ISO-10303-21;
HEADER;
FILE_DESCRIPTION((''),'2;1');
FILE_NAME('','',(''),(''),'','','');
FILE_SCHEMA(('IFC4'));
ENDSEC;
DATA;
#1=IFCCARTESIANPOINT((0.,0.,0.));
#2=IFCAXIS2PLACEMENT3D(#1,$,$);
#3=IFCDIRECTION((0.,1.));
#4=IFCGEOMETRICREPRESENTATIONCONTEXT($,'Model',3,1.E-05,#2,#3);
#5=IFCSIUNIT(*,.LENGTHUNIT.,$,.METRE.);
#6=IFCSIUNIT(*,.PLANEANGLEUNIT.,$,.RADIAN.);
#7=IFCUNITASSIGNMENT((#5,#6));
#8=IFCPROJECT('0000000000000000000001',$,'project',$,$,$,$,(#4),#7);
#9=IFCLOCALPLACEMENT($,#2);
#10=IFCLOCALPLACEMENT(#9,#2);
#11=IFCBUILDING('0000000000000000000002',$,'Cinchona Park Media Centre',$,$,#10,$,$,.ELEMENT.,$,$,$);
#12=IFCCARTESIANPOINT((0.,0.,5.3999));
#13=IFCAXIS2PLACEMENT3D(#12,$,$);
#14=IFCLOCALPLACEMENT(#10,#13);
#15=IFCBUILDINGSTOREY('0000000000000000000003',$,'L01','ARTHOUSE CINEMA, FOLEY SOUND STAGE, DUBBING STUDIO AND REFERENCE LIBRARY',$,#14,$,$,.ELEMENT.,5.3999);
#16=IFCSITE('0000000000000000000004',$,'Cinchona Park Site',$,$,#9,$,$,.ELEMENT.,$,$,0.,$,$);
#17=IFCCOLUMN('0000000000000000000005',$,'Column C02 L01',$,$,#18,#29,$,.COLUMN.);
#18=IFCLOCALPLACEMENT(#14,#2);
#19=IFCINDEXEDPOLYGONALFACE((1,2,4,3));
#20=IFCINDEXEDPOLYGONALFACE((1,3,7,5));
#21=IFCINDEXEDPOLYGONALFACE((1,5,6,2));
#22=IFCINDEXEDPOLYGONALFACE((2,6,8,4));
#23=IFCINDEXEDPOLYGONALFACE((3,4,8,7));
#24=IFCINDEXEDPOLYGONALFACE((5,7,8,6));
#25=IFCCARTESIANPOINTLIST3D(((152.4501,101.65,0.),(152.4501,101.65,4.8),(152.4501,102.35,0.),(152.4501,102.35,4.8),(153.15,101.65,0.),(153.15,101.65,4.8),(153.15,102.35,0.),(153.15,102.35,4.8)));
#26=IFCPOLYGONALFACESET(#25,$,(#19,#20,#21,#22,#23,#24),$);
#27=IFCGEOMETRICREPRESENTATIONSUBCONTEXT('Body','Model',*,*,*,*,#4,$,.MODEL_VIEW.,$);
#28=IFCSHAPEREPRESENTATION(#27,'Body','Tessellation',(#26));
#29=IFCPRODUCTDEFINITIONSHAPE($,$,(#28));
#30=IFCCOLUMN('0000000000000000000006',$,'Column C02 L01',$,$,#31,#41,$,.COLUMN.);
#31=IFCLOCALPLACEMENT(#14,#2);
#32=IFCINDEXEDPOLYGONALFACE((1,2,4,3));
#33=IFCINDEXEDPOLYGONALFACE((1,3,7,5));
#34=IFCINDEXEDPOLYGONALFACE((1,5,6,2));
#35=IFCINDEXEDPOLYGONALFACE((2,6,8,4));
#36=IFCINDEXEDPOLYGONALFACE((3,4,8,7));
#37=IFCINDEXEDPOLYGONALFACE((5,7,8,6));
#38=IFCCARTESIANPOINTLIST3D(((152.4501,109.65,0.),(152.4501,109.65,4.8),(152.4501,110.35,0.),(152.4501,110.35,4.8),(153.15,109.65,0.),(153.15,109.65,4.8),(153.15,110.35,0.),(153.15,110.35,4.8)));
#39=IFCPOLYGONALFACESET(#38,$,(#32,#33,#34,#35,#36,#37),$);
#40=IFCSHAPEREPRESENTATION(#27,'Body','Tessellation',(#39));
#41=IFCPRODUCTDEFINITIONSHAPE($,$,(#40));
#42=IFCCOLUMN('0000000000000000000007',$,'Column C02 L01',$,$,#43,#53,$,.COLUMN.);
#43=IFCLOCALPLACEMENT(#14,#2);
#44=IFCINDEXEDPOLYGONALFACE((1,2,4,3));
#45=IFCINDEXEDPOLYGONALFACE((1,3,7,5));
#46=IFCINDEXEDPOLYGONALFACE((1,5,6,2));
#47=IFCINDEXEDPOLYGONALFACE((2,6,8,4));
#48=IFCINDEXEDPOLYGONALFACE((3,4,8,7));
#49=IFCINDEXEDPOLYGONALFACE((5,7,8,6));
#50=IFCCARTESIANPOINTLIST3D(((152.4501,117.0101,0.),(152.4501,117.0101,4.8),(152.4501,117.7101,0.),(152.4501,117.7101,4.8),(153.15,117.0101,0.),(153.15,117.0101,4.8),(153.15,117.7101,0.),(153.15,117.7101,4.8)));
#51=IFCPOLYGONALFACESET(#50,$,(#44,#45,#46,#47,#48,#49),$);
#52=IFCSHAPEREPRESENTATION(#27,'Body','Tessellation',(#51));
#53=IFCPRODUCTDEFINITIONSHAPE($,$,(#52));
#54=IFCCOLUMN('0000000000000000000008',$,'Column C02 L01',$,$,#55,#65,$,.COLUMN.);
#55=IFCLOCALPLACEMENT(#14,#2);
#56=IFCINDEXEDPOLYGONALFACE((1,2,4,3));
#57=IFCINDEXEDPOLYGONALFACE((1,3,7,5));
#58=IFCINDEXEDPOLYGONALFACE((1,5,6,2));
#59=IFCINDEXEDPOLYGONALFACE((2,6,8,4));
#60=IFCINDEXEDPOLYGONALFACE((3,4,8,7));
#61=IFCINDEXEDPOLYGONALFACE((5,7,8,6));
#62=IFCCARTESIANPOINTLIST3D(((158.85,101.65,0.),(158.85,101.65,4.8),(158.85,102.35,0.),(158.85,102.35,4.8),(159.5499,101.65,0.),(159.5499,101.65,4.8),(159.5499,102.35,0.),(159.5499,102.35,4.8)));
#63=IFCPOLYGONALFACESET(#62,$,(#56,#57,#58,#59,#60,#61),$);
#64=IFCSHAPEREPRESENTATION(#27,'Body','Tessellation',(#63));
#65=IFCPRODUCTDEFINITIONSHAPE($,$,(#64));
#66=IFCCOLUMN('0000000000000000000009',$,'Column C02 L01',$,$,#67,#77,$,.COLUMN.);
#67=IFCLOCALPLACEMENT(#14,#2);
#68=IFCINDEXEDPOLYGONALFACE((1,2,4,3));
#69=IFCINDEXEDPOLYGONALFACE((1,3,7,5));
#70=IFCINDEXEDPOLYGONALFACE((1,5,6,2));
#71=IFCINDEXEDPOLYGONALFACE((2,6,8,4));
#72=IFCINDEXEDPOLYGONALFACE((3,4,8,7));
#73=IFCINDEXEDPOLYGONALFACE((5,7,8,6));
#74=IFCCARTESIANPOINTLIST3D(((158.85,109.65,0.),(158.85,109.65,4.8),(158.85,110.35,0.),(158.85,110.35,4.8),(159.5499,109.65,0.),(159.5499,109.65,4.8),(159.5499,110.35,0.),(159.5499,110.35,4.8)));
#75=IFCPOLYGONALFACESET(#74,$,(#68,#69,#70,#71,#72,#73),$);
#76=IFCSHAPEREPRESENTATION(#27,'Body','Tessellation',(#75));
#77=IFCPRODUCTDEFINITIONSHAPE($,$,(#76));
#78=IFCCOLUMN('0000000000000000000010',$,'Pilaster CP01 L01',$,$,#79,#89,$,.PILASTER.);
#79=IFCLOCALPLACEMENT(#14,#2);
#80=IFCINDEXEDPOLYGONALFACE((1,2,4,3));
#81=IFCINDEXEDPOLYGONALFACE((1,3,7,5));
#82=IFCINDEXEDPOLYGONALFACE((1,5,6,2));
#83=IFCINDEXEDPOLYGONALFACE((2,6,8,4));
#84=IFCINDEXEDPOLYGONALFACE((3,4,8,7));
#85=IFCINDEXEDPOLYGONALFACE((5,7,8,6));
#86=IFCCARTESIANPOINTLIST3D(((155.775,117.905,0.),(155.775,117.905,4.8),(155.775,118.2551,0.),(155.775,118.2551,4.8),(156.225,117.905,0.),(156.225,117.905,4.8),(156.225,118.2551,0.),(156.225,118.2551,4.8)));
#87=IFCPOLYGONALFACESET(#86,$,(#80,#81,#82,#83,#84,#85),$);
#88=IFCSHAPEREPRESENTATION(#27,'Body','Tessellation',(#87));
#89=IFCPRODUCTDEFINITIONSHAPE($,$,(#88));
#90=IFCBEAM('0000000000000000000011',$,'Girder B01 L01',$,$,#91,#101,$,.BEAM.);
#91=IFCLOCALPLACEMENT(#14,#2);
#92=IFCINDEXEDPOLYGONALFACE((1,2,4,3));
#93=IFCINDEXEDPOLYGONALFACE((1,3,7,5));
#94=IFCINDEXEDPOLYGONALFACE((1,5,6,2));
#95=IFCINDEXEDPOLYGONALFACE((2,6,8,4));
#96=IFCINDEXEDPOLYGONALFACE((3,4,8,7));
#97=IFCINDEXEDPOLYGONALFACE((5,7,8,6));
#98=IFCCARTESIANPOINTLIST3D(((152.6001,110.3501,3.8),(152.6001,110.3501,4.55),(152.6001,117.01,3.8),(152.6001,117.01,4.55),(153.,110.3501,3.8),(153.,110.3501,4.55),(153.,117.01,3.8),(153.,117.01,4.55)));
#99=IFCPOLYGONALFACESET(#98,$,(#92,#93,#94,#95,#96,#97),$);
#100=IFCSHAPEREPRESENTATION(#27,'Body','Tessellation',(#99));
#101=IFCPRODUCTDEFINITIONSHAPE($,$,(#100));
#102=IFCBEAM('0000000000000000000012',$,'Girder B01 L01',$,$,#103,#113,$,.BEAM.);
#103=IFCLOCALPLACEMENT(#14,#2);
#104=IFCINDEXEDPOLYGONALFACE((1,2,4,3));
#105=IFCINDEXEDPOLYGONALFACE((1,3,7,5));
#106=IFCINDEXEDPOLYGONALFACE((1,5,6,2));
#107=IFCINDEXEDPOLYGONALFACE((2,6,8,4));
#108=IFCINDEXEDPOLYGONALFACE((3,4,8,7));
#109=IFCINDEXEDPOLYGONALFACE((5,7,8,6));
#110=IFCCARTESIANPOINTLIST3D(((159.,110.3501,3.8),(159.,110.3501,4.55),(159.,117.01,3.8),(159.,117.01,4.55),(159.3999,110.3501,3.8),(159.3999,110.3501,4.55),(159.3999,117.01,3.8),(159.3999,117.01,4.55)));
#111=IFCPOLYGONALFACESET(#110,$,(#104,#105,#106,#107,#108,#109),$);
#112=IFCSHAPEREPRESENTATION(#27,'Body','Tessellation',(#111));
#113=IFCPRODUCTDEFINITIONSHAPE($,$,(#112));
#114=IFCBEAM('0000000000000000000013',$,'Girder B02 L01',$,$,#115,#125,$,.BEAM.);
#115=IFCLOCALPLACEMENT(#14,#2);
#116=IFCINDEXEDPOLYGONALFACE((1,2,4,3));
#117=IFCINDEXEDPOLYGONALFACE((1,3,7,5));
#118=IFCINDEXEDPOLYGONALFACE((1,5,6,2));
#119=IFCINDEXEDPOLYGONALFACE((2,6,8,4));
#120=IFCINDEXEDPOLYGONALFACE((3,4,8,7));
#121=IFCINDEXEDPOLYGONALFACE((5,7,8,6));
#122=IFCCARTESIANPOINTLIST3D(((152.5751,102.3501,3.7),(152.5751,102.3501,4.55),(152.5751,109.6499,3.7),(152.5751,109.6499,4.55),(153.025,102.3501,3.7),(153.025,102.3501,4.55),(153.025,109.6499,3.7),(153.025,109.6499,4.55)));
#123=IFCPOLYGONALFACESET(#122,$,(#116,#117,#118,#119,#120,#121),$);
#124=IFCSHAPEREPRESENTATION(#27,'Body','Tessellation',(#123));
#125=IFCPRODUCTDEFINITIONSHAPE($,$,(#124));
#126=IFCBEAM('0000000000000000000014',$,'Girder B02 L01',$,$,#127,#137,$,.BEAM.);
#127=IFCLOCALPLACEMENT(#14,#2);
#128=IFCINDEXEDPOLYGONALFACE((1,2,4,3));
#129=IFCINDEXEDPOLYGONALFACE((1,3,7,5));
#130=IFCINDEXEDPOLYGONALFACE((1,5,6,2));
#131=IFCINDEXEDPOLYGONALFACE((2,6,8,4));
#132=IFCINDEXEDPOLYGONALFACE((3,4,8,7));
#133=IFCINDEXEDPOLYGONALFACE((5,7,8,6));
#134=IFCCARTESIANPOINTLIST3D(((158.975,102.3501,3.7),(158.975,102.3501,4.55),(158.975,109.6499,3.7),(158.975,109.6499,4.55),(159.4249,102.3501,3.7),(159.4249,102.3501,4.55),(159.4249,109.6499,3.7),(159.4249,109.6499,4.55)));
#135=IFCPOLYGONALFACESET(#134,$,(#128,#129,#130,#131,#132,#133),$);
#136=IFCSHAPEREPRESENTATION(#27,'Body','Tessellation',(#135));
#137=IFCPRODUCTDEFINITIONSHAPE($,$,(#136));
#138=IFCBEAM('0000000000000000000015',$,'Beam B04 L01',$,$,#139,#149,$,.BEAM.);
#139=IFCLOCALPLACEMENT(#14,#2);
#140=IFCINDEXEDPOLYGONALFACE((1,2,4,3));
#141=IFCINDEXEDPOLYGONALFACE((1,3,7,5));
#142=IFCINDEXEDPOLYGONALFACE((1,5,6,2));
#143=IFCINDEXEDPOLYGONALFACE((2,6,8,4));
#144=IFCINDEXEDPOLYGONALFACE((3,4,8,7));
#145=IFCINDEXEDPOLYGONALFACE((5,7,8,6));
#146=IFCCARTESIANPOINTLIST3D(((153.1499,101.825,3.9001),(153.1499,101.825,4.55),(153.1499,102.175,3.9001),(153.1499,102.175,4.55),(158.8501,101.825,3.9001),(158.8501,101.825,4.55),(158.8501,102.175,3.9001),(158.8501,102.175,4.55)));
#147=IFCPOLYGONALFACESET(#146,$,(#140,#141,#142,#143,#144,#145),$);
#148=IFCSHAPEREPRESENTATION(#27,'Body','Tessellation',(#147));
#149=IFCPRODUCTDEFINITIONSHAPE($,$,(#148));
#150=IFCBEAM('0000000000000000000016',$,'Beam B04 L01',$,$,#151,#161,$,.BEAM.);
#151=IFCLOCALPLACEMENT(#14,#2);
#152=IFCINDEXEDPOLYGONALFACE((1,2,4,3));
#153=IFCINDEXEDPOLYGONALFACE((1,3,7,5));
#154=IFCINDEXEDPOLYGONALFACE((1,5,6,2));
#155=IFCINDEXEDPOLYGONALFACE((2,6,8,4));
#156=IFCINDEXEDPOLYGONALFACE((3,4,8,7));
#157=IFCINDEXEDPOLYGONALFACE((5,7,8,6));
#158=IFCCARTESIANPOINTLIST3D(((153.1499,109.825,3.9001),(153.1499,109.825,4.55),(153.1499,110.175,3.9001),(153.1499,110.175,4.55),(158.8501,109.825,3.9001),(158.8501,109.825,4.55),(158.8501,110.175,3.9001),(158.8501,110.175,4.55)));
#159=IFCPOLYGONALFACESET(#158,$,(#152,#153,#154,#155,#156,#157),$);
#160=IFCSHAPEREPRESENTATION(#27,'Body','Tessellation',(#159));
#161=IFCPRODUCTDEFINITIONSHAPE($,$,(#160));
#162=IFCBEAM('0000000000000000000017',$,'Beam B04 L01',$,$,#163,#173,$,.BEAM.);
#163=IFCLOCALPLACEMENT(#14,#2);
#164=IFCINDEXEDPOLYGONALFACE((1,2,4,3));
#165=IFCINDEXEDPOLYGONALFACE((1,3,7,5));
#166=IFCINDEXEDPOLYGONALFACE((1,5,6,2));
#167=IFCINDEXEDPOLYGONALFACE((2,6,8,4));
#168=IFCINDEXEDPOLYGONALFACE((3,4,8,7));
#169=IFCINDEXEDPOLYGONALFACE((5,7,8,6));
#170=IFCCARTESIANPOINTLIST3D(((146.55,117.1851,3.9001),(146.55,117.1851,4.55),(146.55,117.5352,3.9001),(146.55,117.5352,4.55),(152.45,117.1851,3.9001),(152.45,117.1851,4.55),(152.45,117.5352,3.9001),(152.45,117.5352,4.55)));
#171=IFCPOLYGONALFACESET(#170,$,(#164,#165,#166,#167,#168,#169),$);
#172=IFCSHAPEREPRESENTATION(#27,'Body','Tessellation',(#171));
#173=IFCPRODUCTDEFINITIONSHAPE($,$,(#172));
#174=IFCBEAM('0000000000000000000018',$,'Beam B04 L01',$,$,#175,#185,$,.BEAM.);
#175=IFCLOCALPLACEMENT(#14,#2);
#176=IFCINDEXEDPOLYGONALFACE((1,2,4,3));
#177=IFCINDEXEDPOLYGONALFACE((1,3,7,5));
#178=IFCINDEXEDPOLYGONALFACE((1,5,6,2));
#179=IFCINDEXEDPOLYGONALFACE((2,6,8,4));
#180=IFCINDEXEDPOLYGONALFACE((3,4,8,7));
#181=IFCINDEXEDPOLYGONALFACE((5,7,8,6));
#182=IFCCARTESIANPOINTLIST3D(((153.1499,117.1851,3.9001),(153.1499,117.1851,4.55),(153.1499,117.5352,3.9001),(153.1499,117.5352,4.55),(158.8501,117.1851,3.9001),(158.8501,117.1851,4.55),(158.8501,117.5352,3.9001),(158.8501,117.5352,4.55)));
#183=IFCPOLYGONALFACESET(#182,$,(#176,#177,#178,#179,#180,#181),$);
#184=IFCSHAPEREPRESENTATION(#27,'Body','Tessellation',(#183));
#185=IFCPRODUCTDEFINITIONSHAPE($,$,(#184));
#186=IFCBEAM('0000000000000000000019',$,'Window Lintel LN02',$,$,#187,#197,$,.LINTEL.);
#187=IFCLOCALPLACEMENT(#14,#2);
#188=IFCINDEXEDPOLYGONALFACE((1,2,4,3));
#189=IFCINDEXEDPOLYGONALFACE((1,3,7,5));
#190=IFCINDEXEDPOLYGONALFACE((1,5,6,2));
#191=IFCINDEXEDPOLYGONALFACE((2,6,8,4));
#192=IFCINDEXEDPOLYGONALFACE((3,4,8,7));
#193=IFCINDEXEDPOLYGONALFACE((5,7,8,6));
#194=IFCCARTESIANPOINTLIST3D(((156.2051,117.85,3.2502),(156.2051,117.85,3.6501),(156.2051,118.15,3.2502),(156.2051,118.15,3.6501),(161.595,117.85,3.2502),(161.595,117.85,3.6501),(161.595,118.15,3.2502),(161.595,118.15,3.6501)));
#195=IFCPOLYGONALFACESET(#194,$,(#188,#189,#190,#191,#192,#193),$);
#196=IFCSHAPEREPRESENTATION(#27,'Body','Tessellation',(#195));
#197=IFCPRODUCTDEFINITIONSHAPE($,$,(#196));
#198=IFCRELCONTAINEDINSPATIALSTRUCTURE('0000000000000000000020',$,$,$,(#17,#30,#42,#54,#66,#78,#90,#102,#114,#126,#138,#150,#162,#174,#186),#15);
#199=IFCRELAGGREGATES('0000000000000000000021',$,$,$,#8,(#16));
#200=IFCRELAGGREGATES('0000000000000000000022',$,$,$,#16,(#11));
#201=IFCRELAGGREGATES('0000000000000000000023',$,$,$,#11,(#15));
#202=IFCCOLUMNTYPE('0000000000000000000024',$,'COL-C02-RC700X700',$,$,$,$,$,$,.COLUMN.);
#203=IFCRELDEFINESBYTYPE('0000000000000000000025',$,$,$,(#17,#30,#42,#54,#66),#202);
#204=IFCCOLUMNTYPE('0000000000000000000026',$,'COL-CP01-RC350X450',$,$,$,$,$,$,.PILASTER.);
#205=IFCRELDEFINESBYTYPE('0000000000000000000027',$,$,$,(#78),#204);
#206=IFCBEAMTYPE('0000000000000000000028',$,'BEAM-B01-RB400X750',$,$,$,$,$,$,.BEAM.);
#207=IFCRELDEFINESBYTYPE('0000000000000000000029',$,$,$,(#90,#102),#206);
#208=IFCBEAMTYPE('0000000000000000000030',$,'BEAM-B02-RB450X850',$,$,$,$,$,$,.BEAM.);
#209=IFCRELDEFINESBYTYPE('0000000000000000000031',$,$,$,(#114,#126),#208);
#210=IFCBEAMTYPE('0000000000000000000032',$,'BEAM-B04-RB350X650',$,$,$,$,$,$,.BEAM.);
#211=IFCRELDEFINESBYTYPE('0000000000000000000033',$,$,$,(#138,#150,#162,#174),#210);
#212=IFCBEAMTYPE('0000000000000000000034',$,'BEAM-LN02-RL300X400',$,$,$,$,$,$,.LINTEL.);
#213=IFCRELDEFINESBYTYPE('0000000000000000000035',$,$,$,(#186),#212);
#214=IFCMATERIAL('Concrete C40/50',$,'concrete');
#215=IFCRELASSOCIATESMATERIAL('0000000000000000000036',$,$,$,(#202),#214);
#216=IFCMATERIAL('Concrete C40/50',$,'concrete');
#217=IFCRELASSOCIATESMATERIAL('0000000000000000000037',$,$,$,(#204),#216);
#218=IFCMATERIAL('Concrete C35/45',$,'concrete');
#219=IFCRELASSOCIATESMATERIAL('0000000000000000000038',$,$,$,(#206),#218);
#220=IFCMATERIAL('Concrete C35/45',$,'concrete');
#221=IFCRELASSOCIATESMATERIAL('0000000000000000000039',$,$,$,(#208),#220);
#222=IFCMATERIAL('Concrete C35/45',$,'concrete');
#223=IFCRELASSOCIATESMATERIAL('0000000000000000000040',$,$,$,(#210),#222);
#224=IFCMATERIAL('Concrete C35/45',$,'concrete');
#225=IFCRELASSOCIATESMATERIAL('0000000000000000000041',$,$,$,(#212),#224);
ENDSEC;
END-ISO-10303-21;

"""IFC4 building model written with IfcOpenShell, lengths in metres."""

from ifc_helpers import new_model, si_unit, direction, frame, origin, origin_2d, place, context, subcontext, project, spatial, rectangle, extrude, material, material_profile, profile_set, type_object, element, save


model = new_model("IFC4")

# Units and contexts
model_context = context("Model", 3, precision=1e-05, world=origin(), true_north=direction((0.0, 1.0)))
body_context = subcontext(model_context, "Body", "Model", "MODEL_VIEW")
ifc_project = project(units=[si_unit("LENGTHUNIT", "METRE"), si_unit("PLANEANGLEUNIT", "RADIAN")], contexts=[model_context])

# Site, building, storey
site_placement = place(None, origin())
site = spatial("IfcSite", under=ifc_project, at=site_placement, Name="Cinchona Park Site", CompositionType="ELEMENT", RefElevation=0.0)
building_placement = place(site_placement, origin())
building = spatial("IfcBuilding", under=site, at=building_placement, Name="Cinchona Park Media Centre", CompositionType="ELEMENT")
storey_placement = place(building_placement, frame((0.0, 0.0, 5.3999)))
storey = spatial("IfcBuildingStorey", under=building, at=storey_placement, Name="L01", Description="ARTHOUSE CINEMA, FOLEY SOUND STAGE, DUBBING STUDIO AND REFERENCE LIBRARY", CompositionType="ELEMENT", Elevation=5.3999)

# Columns
ifc_material_1 = material(Name="Concrete C40/50", Category="concrete")
ifc_material_profile_1 = material_profile(ifc_material_1, rectangle(XDim=0.7, YDim=0.7, at=origin_2d()), Name="RC 700X700")
ifc_profile_set_1 = profile_set([ifc_material_profile_1], Name="Concrete C40/50")
column_type_1 = type_object("IfcColumnType", Name="COL-C02-RC700X700", PredefinedType="COLUMN", material=ifc_profile_set_1)
for number, where, z_axis, x_axis, name in (
    (1, (152.8, 102.0, 0.0), (0.0, 0.0, 1.0), (1.0, 0.0, 0.0), "Column C02 L01"),
    (2, (152.8, 110.0, 0.0), (0.0, 0.0, 1.0), (1.0, 0.0, 0.0), "Column C02 L01"),
    (3, (152.8, 117.3601, 0.0), (0.0, 0.0, 1.0), (1.0, 0.0, 0.0), "Column C02 L01"),
    (4, (159.2, 102.0, 0.0), (0.0, 0.0, 1.0), (1.0, 0.0, 0.0), "Column C02 L01"),
    (5, (159.2, 110.0, 0.0), (0.0, 0.0, 1.0), (1.0, 0.0, 0.0), "Column C02 L01"),
):
    element("IfcColumn", number, at=place(storey_placement, frame(where, z_axis=z_axis, x_axis=x_axis)), inside=storey, type_object=column_type_1, Name=name, PredefinedType="COLUMN", context=body_context, shape_type="SweptSolid", body=[
        extrude(rectangle(XDim=0.7, YDim=0.7, at=origin_2d()), origin(), (0.0, 0.0, 1.0), 4.8),
    ])
ifc_material_2 = material(Name="Concrete C40/50", Category="concrete")
ifc_material_profile_2 = material_profile(ifc_material_2, rectangle(XDim=0.3501, YDim=0.45, at=origin_2d()), Name="RC 350X450")
ifc_profile_set_2 = profile_set([ifc_material_profile_2], Name="Concrete C40/50")
column_type_2 = type_object("IfcColumnType", Name="COL-CP01-RC350X450", PredefinedType="PILASTER", material=ifc_profile_set_2)
column_placement = place(storey_placement, frame((156.0, 118.0801, 0.0), z_axis=(0.0, 0.0, 1.0), x_axis=(0.0, 1.0, 0.0)))
element("IfcColumn", 6, at=column_placement, inside=storey, type_object=column_type_2, Name="Pilaster CP01 L01", PredefinedType="PILASTER", context=body_context, shape_type="SweptSolid", body=[
    extrude(rectangle(XDim=0.3501, YDim=0.45, at=origin_2d()), origin(), (0.0, 0.0, 1.0), 4.8),
])

# Beams
ifc_material_3 = material(Name="Concrete C35/45", Category="concrete")
ifc_material_profile_3 = material_profile(ifc_material_3, rectangle(XDim=0.3999, YDim=0.75, at=origin_2d()), Name="RB 400X750")
ifc_profile_set_3 = profile_set([ifc_material_profile_3], Name="Concrete C35/45")
beam_type_1 = type_object("IfcBeamType", Name="BEAM-B01-RB400X750", PredefinedType="BEAM", material=ifc_profile_set_3)
for number, where, z_axis, x_axis, name in (
    (7, (152.8, 110.3501, 4.175), (0.0, 1.0, 0.0), (-1.0, 0.0, 0.0), "Girder B01 L01"),
    (8, (159.2, 110.3501, 4.175), (0.0, 1.0, 0.0), (-1.0, 0.0, 0.0), "Girder B01 L01"),
):
    element("IfcBeam", number, at=place(storey_placement, frame(where, z_axis=z_axis, x_axis=x_axis)), inside=storey, type_object=beam_type_1, Name=name, PredefinedType="BEAM", context=body_context, shape_type="SweptSolid", body=[
        extrude(rectangle(XDim=0.3999, YDim=0.75, at=origin_2d()), origin(), (0.0, 0.0, 1.0), 6.6599),
    ])
ifc_material_4 = material(Name="Concrete C35/45", Category="concrete")
ifc_material_profile_4 = material_profile(ifc_material_4, rectangle(XDim=0.45, YDim=0.8501, at=origin_2d()), Name="RB 450X850")
ifc_profile_set_4 = profile_set([ifc_material_profile_4], Name="Concrete C35/45")
beam_type_2 = type_object("IfcBeamType", Name="BEAM-B02-RB450X850", PredefinedType="BEAM", material=ifc_profile_set_4)
for number, where, z_axis, x_axis, name in (
    (9, (152.8, 102.3501, 4.125), (0.0, 1.0, 0.0), (-1.0, 0.0, 0.0), "Girder B02 L01"),
    (10, (159.2, 102.3501, 4.125), (0.0, 1.0, 0.0), (-1.0, 0.0, 0.0), "Girder B02 L01"),
):
    element("IfcBeam", number, at=place(storey_placement, frame(where, z_axis=z_axis, x_axis=x_axis)), inside=storey, type_object=beam_type_2, Name=name, PredefinedType="BEAM", context=body_context, shape_type="SweptSolid", body=[
        extrude(rectangle(XDim=0.45, YDim=0.8501, at=origin_2d()), origin(), (0.0, 0.0, 1.0), 7.2998),
    ])
ifc_material_5 = material(Name="Concrete C35/45", Category="concrete")
ifc_material_profile_5 = material_profile(ifc_material_5, rectangle(XDim=0.3501, YDim=0.6499, at=origin_2d()), Name="RB 350X650")
ifc_profile_set_5 = profile_set([ifc_material_profile_5], Name="Concrete C35/45")
beam_type_3 = type_object("IfcBeamType", Name="BEAM-B04-RB350X650", PredefinedType="BEAM", material=ifc_profile_set_5)
for number, where, z_axis, x_axis, name in (
    (11, (153.1499, 102.0, 4.2251), (1.0, 0.0, 0.0), (0.0, 1.0, 0.0), "Beam B04 L01"),
    (12, (153.1499, 110.0, 4.2251), (1.0, 0.0, 0.0), (0.0, 1.0, 0.0), "Beam B04 L01"),
):
    element("IfcBeam", number, at=place(storey_placement, frame(where, z_axis=z_axis, x_axis=x_axis)), inside=storey, type_object=beam_type_3, Name=name, PredefinedType="BEAM", context=body_context, shape_type="SweptSolid", body=[
        extrude(rectangle(XDim=0.3501, YDim=0.6499, at=origin_2d()), origin(), (0.0, 0.0, 1.0), 5.7002),
    ])
beam_1_placement = place(storey_placement, frame((146.55, 117.3601, 4.2251), z_axis=(1.0, 0.0, 0.0), x_axis=(0.0, 1.0, 0.0)))
element("IfcBeam", 13, at=beam_1_placement, inside=storey, type_object=beam_type_3, Name="Beam B04 L01", PredefinedType="BEAM", context=body_context, shape_type="SweptSolid", body=[
    extrude(rectangle(XDim=0.3501, YDim=0.6499, at=origin_2d()), origin(), (0.0, 0.0, 1.0), 5.8999),
])
beam_2_placement = place(storey_placement, frame((153.1499, 117.3601, 4.2251), z_axis=(1.0, 0.0, 0.0), x_axis=(0.0, 1.0, 0.0)))
element("IfcBeam", 14, at=beam_2_placement, inside=storey, type_object=beam_type_3, Name="Beam B04 L01", PredefinedType="BEAM", context=body_context, shape_type="SweptSolid", body=[
    extrude(rectangle(XDim=0.3501, YDim=0.6499, at=origin_2d()), origin(), (0.0, 0.0, 1.0), 5.7002),
])
ifc_material_6 = material(Name="Concrete C35/45", Category="concrete")
ifc_material_profile_6 = material_profile(ifc_material_6, rectangle(XDim=0.3, YDim=0.3999, at=origin_2d()), Name="RL 300X400")
ifc_profile_set_6 = profile_set([ifc_material_profile_6], Name="Concrete C35/45")
beam_type_4 = type_object("IfcBeamType", Name="BEAM-LN02-RL300X400", PredefinedType="LINTEL", material=ifc_profile_set_6)
beam_3_placement = place(storey_placement, frame((156.2051, 118.0, 3.4502), z_axis=(1.0, 0.0, 0.0), x_axis=(0.0, 1.0, 0.0)))
element("IfcBeam", 15, at=beam_3_placement, inside=storey, type_object=beam_type_4, Name="Window Lintel LN02", PredefinedType="LINTEL", context=body_context, shape_type="SweptSolid", body=[
    extrude(rectangle(XDim=0.3, YDim=0.3999, at=origin_2d()), origin(), (0.0, 0.0, 1.0), 5.3899),
])

save(model, "model.ifc")
